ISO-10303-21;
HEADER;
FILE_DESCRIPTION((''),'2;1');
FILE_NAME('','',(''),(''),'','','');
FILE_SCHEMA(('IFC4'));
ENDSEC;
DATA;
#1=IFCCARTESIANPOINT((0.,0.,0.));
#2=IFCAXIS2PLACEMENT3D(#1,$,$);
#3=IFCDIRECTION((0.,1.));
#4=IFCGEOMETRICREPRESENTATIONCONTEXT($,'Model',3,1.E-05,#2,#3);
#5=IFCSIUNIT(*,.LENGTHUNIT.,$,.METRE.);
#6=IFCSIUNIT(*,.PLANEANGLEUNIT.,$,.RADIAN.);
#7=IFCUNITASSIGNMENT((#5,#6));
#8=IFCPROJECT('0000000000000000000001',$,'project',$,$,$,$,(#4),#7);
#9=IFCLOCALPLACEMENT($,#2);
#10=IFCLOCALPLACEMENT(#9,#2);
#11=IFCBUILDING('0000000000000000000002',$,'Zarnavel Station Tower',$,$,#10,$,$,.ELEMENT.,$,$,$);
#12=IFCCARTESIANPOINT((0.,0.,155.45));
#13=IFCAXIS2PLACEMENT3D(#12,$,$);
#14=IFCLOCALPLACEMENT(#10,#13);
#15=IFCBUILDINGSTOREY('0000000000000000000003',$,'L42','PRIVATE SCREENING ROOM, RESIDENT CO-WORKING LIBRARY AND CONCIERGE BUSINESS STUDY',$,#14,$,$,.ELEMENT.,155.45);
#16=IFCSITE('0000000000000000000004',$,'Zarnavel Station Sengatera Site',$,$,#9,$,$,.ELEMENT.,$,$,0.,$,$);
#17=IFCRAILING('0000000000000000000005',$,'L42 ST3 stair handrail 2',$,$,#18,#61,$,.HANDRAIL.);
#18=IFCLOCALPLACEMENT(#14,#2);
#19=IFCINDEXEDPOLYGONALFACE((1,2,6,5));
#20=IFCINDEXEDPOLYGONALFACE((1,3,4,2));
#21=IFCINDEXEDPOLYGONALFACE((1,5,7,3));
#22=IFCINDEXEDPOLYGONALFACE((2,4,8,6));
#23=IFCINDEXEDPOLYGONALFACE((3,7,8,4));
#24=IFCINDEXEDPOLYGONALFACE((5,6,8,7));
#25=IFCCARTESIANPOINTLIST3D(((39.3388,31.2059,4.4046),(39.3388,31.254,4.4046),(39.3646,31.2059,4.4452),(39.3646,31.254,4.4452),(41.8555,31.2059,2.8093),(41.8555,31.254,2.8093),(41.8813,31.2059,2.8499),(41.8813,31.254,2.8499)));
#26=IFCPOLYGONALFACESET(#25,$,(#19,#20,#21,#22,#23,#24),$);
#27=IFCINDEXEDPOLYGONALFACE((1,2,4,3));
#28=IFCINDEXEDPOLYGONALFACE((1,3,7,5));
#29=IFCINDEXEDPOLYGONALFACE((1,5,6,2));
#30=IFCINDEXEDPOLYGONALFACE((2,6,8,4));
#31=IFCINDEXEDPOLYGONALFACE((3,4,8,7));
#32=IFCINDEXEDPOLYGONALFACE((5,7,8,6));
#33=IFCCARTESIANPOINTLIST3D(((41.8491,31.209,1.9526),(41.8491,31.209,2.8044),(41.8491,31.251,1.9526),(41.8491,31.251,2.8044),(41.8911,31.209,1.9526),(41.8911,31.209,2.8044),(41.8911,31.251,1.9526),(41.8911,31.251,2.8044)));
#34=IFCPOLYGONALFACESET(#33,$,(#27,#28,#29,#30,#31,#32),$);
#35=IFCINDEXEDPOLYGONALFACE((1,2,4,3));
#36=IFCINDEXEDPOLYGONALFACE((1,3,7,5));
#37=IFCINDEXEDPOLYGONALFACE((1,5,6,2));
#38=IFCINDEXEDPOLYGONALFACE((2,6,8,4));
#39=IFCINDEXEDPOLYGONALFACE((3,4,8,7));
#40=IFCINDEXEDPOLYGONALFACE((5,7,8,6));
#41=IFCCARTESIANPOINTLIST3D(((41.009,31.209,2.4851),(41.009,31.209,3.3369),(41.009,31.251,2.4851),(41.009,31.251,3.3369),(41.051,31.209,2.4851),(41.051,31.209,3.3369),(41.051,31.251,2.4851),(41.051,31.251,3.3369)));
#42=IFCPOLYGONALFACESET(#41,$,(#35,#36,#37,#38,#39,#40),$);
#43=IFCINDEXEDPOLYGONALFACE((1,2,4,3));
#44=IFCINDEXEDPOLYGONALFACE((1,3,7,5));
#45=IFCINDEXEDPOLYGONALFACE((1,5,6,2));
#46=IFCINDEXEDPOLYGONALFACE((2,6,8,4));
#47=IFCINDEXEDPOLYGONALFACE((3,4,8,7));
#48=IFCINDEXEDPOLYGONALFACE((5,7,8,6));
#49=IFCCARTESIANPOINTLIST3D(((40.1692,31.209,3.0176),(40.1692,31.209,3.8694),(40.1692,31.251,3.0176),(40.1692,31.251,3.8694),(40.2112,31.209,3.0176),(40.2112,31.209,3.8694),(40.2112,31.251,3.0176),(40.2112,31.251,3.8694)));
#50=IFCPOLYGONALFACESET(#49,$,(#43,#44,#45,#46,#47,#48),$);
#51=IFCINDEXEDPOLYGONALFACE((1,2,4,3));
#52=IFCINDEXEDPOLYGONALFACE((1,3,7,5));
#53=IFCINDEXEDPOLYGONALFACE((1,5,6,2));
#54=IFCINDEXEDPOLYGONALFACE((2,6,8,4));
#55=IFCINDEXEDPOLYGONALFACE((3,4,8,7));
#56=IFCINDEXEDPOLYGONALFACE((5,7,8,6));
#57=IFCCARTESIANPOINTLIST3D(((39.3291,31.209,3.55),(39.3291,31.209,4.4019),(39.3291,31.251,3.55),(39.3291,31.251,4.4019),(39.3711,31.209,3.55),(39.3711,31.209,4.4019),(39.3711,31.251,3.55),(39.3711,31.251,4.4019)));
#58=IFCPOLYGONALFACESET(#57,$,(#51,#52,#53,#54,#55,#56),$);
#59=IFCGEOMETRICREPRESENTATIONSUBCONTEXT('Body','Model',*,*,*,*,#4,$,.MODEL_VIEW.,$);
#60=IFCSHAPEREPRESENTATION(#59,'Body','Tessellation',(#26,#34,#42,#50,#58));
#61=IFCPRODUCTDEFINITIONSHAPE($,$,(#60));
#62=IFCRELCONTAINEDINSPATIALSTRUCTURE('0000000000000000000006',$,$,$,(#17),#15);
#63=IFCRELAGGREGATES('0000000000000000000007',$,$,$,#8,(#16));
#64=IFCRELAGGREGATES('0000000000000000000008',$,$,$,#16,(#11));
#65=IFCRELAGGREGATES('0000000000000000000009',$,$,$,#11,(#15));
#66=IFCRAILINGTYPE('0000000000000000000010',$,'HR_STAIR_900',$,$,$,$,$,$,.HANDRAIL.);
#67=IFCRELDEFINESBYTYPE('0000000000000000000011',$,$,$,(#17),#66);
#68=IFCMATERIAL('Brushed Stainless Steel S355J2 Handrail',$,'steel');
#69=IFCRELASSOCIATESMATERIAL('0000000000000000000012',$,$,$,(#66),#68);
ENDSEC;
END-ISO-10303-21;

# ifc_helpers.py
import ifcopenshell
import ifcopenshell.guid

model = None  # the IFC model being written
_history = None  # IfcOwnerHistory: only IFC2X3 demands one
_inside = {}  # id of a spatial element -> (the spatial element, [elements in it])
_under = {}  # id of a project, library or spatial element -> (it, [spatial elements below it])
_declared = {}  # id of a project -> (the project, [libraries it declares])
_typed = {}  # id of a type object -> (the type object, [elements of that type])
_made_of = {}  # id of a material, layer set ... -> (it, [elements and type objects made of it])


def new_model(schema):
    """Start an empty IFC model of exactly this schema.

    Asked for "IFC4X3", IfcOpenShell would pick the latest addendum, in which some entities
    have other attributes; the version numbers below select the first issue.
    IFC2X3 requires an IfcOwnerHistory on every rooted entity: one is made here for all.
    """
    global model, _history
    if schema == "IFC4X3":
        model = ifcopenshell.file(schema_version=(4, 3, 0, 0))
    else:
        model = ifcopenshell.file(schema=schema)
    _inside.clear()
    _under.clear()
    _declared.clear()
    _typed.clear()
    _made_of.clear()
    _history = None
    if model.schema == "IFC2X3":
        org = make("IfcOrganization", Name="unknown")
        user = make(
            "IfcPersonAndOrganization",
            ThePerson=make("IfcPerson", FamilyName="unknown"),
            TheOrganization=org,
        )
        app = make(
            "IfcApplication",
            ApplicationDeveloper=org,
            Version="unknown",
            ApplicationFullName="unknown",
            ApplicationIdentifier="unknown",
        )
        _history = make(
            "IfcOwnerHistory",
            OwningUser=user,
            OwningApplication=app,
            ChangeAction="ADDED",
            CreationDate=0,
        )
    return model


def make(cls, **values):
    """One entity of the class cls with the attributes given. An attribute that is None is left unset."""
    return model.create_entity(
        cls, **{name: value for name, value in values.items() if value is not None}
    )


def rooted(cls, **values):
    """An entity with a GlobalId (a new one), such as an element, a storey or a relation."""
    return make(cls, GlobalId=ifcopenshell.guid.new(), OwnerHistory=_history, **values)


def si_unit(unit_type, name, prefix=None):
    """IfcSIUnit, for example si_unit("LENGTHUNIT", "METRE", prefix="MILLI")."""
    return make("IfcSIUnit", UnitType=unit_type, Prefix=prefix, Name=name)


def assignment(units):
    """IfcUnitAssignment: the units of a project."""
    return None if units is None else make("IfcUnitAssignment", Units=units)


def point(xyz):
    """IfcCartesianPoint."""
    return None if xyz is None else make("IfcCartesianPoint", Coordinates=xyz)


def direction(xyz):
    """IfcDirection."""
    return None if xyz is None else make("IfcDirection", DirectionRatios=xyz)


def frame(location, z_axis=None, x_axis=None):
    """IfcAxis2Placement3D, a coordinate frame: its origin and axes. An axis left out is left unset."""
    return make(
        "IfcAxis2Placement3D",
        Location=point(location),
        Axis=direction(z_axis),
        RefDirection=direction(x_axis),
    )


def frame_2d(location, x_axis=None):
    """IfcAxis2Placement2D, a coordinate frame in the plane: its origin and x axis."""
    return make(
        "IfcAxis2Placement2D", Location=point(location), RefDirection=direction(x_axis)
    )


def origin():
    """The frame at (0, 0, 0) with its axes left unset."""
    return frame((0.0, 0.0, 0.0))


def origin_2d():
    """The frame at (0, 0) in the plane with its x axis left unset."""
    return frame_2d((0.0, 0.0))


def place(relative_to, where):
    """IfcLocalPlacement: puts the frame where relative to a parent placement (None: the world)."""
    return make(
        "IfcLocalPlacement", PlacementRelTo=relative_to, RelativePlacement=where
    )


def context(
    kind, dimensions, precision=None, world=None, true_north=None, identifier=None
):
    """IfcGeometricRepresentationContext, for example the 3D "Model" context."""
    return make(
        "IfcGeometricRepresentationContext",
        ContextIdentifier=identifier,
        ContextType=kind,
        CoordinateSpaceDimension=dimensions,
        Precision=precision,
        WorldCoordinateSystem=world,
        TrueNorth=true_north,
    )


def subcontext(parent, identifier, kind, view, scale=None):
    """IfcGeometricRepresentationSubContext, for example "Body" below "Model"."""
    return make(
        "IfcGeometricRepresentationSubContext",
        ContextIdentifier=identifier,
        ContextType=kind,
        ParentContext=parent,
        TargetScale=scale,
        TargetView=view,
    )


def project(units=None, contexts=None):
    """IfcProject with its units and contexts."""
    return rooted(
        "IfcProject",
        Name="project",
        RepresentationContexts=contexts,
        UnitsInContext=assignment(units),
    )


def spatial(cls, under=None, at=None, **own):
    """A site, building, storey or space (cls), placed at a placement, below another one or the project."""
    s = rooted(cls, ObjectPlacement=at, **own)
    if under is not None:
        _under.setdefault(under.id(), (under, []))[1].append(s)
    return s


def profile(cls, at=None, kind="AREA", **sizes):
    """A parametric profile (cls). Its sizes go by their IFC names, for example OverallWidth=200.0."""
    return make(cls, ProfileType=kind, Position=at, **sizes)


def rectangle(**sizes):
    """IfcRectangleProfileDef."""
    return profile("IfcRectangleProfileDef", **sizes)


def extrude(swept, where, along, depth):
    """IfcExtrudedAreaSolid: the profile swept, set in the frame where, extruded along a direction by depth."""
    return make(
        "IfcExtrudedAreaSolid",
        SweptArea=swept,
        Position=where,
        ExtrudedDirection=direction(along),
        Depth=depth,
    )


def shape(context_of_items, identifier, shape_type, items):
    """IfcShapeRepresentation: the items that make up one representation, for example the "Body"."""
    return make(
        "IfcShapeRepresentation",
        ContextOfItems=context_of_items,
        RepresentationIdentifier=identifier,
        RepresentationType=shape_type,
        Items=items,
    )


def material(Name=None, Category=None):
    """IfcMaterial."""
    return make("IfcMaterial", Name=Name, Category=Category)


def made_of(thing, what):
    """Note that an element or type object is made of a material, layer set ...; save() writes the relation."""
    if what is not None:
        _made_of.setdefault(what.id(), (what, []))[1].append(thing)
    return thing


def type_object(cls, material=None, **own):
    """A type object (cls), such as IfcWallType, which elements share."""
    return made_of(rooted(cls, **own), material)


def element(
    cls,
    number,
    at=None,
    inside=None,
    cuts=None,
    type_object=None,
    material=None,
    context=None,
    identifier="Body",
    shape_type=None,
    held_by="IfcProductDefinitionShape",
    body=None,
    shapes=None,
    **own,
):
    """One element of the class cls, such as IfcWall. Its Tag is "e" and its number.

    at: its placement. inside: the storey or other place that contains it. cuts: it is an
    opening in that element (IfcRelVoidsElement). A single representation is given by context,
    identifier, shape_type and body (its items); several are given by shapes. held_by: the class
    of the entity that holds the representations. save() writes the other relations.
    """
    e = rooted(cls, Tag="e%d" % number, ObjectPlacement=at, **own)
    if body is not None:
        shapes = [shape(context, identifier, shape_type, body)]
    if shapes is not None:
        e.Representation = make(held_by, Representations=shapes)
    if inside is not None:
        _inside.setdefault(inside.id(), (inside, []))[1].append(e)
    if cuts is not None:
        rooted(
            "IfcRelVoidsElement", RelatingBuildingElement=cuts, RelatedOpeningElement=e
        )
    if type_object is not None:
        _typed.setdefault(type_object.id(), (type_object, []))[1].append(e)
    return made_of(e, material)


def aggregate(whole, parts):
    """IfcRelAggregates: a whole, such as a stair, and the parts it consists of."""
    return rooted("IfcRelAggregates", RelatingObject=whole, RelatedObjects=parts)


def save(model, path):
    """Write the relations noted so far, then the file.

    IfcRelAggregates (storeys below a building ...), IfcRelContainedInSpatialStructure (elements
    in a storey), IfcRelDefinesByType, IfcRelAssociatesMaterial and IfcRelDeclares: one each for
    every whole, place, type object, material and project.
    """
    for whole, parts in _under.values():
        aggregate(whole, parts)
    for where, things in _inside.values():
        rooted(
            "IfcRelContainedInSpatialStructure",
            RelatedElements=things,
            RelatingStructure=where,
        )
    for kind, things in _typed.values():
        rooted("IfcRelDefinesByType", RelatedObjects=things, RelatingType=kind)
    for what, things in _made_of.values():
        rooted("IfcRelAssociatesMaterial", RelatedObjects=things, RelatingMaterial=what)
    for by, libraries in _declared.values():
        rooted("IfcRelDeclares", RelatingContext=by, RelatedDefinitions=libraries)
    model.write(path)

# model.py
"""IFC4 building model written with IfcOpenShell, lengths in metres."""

from ifc_helpers import new_model, si_unit, direction, frame, origin, origin_2d, place, context, subcontext, project, spatial, rectangle, extrude, material, type_object, element, save


model = new_model("IFC4")

# Units and contexts
model_context = context("Model", 3, precision=1e-05, world=origin(), true_north=direction((0.0, 1.0)))
body_context = subcontext(model_context, "Body", "Model", "MODEL_VIEW")
ifc_project = project(units=[si_unit("LENGTHUNIT", "METRE"), si_unit("PLANEANGLEUNIT", "RADIAN")], contexts=[model_context])

# Site, building, storey
site_placement = place(None, origin())
site = spatial("IfcSite", under=ifc_project, at=site_placement, Name="Zarnavel Station Sengatera Site", CompositionType="ELEMENT", RefElevation=0.0)
building_placement = place(site_placement, origin())
building = spatial("IfcBuilding", under=site, at=building_placement, Name="Zarnavel Station Tower", CompositionType="ELEMENT")
storey_placement = place(building_placement, frame((0.0, 0.0, 155.45)))
storey = spatial("IfcBuildingStorey", under=building, at=storey_placement, Name="L42", Description="PRIVATE SCREENING ROOM, RESIDENT CO-WORKING LIBRARY AND CONCIERGE BUSINESS STUDY", CompositionType="ELEMENT", Elevation=155.45)

# Railing
ifc_material_1 = material(Name="Brushed Stainless Steel S355J2 Handrail", Category="steel")
railing_type_1 = type_object("IfcRailingType", Name="HR_STAIR_900", PredefinedType="HANDRAIL", material=ifc_material_1)
railing_1_placement = place(storey_placement, frame((41.8701, 31.23, 1.9526)))
element("IfcRailing", 1, at=railing_1_placement, inside=storey, type_object=railing_type_1, Name="L42 ST3 stair handrail 2", PredefinedType="HANDRAIL", context=body_context, shape_type="SweptSolid", body=[
    extrude(rectangle(XDim=0.0481, YDim=0.0481, at=origin_2d()), frame((-0.0017, 0.0, 0.877), z_axis=(-0.844607, 0.0, 0.535387), x_axis=(0.0, -1.0, 0.0)), (0.0, 0.0, 1.0), 2.9797),
    extrude(rectangle(XDim=0.042, YDim=0.042, at=origin_2d()), origin(), (0.0, 0.0, 1.0), 0.8518),
    extrude(rectangle(XDim=0.042, YDim=0.042, at=origin_2d()), frame((-0.8401, 0.0, 0.5325)), (0.0, 0.0, 1.0), 0.8518),
    extrude(rectangle(XDim=0.042, YDim=0.042, at=origin_2d()), frame((-1.6799, 0.0, 1.0649)), (0.0, 0.0, 1.0), 0.8518),
    extrude(rectangle(XDim=0.042, YDim=0.042, at=origin_2d()), frame((-2.52, 0.0, 1.5974)), (0.0, 0.0, 1.0), 0.8518),
])

save(model, "model.ifc")
